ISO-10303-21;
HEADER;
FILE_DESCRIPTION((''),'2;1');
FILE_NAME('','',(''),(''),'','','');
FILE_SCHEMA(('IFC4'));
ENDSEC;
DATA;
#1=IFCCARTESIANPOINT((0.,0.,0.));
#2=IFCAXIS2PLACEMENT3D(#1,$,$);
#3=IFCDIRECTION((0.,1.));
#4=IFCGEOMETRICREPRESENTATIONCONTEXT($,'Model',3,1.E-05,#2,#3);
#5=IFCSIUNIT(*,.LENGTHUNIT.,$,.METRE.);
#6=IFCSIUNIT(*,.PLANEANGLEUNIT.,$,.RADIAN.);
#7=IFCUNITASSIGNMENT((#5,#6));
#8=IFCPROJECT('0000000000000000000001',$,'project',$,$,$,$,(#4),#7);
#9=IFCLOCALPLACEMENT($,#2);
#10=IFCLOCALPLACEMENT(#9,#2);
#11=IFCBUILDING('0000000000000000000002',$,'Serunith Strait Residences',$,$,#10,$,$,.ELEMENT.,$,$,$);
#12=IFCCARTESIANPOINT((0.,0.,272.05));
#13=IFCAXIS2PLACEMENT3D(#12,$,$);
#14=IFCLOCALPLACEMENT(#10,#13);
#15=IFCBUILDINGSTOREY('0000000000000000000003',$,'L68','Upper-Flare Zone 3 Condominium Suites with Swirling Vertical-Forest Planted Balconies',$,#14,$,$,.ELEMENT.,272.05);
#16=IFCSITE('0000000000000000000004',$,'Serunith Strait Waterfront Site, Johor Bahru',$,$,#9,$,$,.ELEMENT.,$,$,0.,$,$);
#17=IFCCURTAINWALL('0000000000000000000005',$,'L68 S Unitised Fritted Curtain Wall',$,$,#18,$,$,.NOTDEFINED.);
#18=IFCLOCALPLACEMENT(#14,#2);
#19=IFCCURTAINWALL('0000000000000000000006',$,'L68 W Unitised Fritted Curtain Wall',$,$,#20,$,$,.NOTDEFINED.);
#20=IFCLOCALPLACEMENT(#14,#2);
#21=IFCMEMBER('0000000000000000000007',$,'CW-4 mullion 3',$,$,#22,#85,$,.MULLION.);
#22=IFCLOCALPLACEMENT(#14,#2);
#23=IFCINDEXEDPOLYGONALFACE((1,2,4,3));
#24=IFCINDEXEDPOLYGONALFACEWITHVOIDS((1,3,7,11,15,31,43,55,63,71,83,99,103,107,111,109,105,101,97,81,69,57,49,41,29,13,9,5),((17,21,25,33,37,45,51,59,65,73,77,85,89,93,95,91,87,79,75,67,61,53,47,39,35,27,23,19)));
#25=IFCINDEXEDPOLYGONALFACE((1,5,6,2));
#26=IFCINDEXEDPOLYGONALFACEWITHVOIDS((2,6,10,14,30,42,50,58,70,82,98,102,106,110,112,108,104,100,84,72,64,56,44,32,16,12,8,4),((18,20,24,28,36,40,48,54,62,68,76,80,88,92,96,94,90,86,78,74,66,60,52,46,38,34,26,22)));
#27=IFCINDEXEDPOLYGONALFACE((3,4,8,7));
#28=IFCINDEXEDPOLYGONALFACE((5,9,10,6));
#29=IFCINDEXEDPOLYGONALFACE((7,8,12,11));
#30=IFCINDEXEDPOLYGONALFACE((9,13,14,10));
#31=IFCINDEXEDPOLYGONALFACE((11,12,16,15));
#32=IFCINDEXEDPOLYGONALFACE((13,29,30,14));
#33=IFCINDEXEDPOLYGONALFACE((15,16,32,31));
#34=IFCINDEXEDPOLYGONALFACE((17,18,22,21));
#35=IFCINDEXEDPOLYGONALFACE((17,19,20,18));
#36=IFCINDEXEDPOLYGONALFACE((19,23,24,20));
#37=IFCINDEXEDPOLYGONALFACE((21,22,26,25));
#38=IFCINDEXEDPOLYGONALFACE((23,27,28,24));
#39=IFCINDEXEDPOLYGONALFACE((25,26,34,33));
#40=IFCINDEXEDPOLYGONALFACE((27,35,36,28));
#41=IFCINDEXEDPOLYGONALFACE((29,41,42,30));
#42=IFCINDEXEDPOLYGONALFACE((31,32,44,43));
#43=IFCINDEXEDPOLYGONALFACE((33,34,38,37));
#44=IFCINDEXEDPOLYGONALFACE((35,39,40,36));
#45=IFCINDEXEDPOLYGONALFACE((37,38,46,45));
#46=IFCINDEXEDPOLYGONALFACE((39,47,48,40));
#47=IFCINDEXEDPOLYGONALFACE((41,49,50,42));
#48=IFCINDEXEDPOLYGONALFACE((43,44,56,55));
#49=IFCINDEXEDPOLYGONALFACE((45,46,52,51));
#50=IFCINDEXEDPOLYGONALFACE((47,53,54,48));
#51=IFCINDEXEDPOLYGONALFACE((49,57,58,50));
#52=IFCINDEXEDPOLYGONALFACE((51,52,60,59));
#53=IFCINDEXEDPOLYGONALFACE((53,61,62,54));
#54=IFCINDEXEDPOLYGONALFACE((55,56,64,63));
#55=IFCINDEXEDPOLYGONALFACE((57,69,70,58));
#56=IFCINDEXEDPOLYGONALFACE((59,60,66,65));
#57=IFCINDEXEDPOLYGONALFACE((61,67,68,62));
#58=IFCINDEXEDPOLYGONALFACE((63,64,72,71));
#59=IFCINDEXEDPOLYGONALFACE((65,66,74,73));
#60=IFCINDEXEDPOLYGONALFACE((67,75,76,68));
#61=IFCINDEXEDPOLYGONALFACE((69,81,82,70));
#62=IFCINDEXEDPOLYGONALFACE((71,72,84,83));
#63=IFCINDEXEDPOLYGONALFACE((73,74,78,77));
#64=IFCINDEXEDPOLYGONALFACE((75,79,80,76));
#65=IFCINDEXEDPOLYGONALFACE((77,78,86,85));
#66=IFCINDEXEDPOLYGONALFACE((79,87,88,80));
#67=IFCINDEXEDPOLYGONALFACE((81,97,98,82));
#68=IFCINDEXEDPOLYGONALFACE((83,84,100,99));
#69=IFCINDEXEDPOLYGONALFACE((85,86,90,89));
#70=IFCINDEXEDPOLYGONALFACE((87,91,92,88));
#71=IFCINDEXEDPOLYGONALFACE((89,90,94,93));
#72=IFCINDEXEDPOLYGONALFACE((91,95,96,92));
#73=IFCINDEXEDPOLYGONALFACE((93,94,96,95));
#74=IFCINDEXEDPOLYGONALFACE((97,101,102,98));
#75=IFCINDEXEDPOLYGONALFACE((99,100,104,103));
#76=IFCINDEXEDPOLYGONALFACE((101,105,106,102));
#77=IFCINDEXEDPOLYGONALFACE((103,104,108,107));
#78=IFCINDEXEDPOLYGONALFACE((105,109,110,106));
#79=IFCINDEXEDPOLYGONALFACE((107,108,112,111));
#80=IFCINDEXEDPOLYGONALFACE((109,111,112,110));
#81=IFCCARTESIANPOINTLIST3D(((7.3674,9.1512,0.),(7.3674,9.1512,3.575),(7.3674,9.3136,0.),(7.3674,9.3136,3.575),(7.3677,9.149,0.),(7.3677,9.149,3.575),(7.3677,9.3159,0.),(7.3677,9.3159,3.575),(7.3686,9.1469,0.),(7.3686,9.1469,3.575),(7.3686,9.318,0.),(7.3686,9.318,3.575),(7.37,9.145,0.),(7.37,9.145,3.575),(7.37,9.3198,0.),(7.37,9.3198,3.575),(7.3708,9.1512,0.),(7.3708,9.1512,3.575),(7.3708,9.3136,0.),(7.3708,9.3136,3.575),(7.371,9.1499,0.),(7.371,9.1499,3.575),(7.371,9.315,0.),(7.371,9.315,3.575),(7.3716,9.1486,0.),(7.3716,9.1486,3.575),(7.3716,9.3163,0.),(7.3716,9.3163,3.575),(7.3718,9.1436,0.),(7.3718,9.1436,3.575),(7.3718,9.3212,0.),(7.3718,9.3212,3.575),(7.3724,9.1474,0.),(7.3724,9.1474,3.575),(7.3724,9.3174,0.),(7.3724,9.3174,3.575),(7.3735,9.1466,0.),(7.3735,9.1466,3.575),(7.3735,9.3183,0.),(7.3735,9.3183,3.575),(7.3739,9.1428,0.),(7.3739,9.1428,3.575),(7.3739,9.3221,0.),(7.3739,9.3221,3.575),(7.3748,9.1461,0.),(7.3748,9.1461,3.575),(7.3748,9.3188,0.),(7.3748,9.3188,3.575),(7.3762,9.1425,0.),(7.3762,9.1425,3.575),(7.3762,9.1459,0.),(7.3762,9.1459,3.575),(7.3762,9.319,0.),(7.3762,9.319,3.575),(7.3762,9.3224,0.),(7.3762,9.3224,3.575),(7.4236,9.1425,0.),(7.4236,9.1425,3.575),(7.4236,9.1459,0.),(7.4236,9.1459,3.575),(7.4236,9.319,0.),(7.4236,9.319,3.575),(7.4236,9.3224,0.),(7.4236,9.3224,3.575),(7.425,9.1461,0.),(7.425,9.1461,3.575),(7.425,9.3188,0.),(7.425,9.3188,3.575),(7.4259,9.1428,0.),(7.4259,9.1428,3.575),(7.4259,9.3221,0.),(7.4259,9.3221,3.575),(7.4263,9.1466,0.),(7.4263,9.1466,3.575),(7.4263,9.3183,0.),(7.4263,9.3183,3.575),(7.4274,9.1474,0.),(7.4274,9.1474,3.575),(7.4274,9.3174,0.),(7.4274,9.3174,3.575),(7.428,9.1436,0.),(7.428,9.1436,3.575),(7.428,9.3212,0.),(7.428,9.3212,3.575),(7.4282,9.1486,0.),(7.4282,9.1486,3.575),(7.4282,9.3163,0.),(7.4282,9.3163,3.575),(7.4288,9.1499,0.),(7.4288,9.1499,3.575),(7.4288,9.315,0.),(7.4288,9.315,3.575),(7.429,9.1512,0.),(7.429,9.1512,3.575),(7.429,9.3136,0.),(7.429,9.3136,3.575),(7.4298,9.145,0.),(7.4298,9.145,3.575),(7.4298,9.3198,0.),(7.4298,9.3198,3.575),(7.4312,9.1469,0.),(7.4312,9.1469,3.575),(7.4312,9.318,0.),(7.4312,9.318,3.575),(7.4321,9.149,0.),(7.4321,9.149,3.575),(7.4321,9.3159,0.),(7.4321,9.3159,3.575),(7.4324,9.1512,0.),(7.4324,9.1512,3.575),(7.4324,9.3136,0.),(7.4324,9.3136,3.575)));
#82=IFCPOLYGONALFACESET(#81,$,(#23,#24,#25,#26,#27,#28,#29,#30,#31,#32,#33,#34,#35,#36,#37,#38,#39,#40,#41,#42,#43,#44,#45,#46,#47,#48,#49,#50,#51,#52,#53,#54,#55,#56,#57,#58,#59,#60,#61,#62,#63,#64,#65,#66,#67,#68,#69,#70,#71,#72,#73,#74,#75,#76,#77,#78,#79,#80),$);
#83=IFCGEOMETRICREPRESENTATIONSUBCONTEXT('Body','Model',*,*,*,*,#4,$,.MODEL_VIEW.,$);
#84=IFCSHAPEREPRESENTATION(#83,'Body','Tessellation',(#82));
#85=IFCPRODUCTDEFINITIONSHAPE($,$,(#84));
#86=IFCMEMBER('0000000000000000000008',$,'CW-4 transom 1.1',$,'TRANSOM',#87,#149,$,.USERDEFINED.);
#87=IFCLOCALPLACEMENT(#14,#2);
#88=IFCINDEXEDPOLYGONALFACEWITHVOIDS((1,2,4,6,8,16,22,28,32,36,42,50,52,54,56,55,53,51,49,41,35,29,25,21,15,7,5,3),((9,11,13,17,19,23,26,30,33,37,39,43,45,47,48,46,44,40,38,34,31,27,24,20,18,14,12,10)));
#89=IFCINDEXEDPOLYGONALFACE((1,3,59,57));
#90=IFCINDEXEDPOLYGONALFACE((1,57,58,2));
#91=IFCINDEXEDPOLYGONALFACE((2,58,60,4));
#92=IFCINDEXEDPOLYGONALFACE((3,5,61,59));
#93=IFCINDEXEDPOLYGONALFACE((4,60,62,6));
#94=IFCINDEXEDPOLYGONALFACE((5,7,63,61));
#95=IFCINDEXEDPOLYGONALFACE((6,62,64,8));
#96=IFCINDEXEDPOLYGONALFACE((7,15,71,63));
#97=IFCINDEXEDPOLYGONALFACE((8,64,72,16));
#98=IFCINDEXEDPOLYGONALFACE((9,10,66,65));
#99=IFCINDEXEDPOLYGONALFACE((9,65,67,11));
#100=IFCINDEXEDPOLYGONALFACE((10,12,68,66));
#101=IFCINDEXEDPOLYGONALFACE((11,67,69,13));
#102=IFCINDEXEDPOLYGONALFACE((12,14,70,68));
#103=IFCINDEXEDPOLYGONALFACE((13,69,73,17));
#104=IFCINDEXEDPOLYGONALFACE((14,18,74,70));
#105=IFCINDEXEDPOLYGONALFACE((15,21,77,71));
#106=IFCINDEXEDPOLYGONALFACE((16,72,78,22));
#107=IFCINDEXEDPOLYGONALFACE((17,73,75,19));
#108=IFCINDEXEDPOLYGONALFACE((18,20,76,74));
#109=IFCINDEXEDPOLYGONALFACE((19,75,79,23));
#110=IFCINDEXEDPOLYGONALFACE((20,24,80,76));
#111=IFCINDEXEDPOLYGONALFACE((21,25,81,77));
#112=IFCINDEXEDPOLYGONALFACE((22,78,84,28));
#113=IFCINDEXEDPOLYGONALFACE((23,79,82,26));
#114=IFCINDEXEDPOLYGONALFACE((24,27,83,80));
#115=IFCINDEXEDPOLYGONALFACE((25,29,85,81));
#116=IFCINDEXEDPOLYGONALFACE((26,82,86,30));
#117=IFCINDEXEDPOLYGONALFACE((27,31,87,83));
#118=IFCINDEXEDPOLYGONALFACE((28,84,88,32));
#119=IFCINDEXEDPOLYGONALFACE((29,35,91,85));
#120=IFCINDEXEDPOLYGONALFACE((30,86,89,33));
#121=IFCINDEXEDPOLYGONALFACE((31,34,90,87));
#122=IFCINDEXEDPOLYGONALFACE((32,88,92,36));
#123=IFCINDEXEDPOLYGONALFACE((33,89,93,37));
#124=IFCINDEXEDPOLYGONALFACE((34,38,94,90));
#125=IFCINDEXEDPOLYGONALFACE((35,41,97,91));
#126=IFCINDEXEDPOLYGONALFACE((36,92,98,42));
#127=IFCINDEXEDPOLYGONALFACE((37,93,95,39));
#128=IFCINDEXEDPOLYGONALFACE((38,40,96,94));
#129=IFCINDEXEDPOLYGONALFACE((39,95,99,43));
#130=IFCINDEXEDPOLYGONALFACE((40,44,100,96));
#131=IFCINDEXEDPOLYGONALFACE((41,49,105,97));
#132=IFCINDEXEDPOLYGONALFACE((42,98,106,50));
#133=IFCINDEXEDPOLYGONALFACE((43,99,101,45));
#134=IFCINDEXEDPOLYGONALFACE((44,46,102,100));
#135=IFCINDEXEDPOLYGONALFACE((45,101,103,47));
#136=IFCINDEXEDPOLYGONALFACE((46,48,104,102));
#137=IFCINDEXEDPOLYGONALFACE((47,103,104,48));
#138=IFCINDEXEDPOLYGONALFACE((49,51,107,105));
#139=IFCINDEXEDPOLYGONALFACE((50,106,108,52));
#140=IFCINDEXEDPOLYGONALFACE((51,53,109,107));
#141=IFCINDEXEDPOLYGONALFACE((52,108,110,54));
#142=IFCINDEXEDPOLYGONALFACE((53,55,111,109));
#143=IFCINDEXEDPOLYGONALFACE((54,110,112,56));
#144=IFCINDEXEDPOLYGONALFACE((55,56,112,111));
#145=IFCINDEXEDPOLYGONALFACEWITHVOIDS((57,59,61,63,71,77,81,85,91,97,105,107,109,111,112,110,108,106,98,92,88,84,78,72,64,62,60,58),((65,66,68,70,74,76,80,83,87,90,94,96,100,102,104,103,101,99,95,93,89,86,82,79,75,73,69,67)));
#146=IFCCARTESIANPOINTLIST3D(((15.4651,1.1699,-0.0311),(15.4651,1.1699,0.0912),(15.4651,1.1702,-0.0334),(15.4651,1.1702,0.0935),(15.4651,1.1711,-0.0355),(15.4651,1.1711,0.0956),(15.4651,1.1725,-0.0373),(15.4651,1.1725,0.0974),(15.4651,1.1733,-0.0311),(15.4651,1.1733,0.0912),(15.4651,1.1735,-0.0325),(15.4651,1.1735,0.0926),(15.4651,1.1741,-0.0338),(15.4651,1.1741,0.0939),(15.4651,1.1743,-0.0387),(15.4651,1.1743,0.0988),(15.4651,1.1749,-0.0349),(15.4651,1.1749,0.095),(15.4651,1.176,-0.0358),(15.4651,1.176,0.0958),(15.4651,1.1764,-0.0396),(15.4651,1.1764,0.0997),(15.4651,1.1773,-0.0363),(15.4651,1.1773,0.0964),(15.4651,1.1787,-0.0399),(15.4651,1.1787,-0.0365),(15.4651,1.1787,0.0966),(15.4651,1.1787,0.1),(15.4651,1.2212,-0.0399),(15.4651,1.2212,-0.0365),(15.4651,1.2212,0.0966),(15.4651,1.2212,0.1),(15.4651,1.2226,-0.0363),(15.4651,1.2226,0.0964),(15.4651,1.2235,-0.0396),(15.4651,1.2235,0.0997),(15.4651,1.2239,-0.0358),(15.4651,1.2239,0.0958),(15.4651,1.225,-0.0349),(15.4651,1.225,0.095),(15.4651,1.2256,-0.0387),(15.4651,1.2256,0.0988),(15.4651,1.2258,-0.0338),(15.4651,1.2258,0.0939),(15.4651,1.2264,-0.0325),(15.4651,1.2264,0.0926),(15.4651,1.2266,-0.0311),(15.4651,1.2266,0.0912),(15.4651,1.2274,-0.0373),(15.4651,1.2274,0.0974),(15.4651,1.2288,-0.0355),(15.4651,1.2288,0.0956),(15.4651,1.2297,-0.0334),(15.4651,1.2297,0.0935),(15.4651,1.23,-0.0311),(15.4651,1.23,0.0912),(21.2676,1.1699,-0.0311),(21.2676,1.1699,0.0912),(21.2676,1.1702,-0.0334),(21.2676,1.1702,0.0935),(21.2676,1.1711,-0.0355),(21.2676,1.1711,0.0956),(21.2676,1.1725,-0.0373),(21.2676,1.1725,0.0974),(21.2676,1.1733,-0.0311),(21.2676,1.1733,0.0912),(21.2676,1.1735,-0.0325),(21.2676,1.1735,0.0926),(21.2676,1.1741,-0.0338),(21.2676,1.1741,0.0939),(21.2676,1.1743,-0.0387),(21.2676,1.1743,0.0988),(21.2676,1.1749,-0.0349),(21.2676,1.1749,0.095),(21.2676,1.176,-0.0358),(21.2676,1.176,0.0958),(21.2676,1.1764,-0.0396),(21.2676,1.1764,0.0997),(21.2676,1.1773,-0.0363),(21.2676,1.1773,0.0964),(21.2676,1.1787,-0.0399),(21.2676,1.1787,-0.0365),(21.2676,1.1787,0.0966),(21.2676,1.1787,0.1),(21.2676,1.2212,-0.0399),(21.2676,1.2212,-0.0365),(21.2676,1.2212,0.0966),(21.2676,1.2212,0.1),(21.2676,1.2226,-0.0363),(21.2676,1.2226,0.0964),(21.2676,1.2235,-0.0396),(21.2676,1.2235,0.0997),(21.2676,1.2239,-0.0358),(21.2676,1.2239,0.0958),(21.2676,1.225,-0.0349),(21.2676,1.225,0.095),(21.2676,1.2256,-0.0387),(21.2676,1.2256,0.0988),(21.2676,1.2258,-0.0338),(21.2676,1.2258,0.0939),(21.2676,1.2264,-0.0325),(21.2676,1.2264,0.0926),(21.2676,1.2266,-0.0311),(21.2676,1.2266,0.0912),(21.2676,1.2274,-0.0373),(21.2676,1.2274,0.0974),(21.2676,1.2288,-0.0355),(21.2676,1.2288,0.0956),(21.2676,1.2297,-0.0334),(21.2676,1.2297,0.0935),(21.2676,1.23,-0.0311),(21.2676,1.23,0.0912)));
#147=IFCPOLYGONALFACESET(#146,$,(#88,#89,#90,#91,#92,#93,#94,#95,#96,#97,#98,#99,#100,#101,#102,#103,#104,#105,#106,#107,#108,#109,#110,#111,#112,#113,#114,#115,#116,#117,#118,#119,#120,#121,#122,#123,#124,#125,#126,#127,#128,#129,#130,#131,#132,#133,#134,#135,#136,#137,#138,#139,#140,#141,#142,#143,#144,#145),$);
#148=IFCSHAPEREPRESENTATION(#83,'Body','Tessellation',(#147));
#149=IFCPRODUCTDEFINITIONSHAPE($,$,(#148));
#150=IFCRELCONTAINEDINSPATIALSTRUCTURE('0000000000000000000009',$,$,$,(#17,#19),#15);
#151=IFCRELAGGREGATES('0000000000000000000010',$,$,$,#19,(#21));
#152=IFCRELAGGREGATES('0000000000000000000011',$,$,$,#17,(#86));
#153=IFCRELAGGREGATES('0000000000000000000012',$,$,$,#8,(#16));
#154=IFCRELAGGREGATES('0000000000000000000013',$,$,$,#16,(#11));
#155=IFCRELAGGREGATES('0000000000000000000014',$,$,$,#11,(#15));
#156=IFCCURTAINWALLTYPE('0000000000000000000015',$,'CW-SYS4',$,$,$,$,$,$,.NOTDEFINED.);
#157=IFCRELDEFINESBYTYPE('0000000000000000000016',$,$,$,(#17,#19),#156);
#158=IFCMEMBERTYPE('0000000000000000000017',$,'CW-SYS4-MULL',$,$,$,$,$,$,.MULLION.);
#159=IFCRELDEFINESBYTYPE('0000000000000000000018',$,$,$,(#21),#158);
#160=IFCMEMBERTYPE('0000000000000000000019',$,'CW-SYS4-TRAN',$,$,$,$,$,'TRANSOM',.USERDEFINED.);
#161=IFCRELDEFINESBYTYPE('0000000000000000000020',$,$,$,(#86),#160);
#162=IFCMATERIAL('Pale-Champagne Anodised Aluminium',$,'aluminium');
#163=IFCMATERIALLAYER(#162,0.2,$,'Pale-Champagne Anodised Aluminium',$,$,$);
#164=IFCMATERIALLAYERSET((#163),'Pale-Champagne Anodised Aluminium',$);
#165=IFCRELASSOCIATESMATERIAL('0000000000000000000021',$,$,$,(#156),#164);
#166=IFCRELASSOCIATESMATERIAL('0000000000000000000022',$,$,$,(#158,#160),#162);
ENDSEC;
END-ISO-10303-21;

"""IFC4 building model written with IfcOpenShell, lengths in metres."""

from ifc_helpers import new_model, si_unit, direction, frame, origin, origin_2d, place, context, subcontext, project, spatial, hollow_rectangle, extrude, source, transform, mapped, material, layer, layer_set, material_profile, profile_set, type_object, element, aggregate, save


model = new_model("IFC4")

# Units and contexts
model_context = context("Model", 3, precision=1e-05, world=origin(), true_north=direction((0.0, 1.0)))
body_context = subcontext(model_context, "Body", "Model", "MODEL_VIEW")
ifc_project = project(units=[si_unit("LENGTHUNIT", "METRE"), si_unit("PLANEANGLEUNIT", "RADIAN")], contexts=[model_context])

# Site, building, storey
site_placement = place(None, origin())
site = spatial("IfcSite", under=ifc_project, at=site_placement, Name="Serunith Strait Waterfront Site, Johor Bahru", CompositionType="ELEMENT", RefElevation=0.0)
building_placement = place(site_placement, origin())
building = spatial("IfcBuilding", under=site, at=building_placement, Name="Serunith Strait Residences", CompositionType="ELEMENT")
storey_placement = place(building_placement, frame((0.0, 0.0, 272.05)))
storey = spatial("IfcBuildingStorey", under=building, at=storey_placement, Name="L68", Description="Upper-Flare Zone 3 Condominium Suites with Swirling Vertical-Forest Planted Balconies", CompositionType="ELEMENT", Elevation=272.05)

# Curtain walls, member
ifc_material_1 = material(Name="Pale-Champagne Anodised Aluminium", Category="aluminium")
ifc_layer_1 = layer(ifc_material_1, 0.2, Name="Pale-Champagne Anodised Aluminium")
ifc_layer_set_1 = layer_set([ifc_layer_1], Name="Pale-Champagne Anodised Aluminium")
curtain_wall_type = type_object("IfcCurtainWallType", Name="CW-SYS4", PredefinedType="NOTDEFINED", material=ifc_layer_set_1)
curtain_wall_1_placement = place(storey_placement, origin())
curtain_wall_1 = element("IfcCurtainWall", 1, at=curtain_wall_1_placement, inside=storey, type_object=curtain_wall_type, Name="L68 S Unitised Fritted Curtain Wall", PredefinedType="NOTDEFINED")
ifc_material_profile_1 = material_profile(ifc_material_1, hollow_rectangle(XDim=0.0649, YDim=0.1799, WallThickness=0.0034, InnerFilletRadius=0.0054, OuterFilletRadius=0.0088, at=origin_2d()), Name="ALU 180x65x3.5")
ifc_profile_set_1 = profile_set([ifc_material_profile_1], Name="Pale-Champagne Anodised Aluminium")
member_type_1 = type_object("IfcMemberType", Name="CW-SYS4-MULL", PredefinedType="MULLION", material=ifc_profile_set_1)
shared_shape_1 = source(origin(), body_context, "Body", "SweptSolid", [
    extrude(hollow_rectangle(XDim=0.0649, YDim=0.1799, WallThickness=0.0034, InnerFilletRadius=0.0054, OuterFilletRadius=0.0088, at=origin_2d()), origin(), (0.0, 0.0, 1.0), 3.575),
])
curtain_wall_2_placement = place(storey_placement, origin())
curtain_wall_2 = element("IfcCurtainWall", 2, at=curtain_wall_2_placement, inside=storey, type_object=curtain_wall_type, Name="L68 W Unitised Fritted Curtain Wall", PredefinedType="NOTDEFINED")
member_1_placement = place(storey_placement, frame((7.3999, 9.2324, 0.0), z_axis=(0.0, 0.0, 1.0), x_axis=(1.0, 0.0, 0.0)))
member_1 = element("IfcMember", 3, at=member_1_placement, type_object=member_type_1, Name="CW-4 mullion 3", PredefinedType="MULLION", context=body_context, shape_type="MappedRepresentation", body=[
    mapped(shared_shape_1, transform((0.0, 0.0, 0.0), scale=1.0)),
])
aggregate(curtain_wall_2, [member_1])

# Member
ifc_material_profile_2 = material_profile(ifc_material_1, hollow_rectangle(XDim=0.0601, YDim=0.1399, WallThickness=0.0034, InnerFilletRadius=0.0054, OuterFilletRadius=0.0088, at=origin_2d()), Name="ALU 140x60x3.5")
ifc_profile_set_2 = profile_set([ifc_material_profile_2], Name="Pale-Champagne Anodised Aluminium")
member_type_2 = type_object("IfcMemberType", Name="CW-SYS4-TRAN", ElementType="TRANSOM", PredefinedType="USERDEFINED", material=ifc_profile_set_2)
shared_shape_2 = source(origin(), body_context, "Body", "SweptSolid", [
    extrude(hollow_rectangle(XDim=0.0601, YDim=0.1399, WallThickness=0.0034, InnerFilletRadius=0.0054, OuterFilletRadius=0.0088, at=origin_2d()), origin(), (0.0, 0.0, 1.0), 5.8025),
])
member_2_placement = place(storey_placement, frame((15.4651, 1.2, 0.03), z_axis=(1.0, 0.0, 0.0), x_axis=(0.0, 1.0, 0.0)))
member_2 = element("IfcMember", 4, at=member_2_placement, type_object=member_type_2, Name="CW-4 transom 1.1", ObjectType="TRANSOM", PredefinedType="USERDEFINED", context=body_context, shape_type="MappedRepresentation", body=[
    mapped(shared_shape_2, transform((0.0, 0.0, 0.0), scale=1.0)),
])
aggregate(curtain_wall_1, [member_2])

save(model, "model.ifc")
